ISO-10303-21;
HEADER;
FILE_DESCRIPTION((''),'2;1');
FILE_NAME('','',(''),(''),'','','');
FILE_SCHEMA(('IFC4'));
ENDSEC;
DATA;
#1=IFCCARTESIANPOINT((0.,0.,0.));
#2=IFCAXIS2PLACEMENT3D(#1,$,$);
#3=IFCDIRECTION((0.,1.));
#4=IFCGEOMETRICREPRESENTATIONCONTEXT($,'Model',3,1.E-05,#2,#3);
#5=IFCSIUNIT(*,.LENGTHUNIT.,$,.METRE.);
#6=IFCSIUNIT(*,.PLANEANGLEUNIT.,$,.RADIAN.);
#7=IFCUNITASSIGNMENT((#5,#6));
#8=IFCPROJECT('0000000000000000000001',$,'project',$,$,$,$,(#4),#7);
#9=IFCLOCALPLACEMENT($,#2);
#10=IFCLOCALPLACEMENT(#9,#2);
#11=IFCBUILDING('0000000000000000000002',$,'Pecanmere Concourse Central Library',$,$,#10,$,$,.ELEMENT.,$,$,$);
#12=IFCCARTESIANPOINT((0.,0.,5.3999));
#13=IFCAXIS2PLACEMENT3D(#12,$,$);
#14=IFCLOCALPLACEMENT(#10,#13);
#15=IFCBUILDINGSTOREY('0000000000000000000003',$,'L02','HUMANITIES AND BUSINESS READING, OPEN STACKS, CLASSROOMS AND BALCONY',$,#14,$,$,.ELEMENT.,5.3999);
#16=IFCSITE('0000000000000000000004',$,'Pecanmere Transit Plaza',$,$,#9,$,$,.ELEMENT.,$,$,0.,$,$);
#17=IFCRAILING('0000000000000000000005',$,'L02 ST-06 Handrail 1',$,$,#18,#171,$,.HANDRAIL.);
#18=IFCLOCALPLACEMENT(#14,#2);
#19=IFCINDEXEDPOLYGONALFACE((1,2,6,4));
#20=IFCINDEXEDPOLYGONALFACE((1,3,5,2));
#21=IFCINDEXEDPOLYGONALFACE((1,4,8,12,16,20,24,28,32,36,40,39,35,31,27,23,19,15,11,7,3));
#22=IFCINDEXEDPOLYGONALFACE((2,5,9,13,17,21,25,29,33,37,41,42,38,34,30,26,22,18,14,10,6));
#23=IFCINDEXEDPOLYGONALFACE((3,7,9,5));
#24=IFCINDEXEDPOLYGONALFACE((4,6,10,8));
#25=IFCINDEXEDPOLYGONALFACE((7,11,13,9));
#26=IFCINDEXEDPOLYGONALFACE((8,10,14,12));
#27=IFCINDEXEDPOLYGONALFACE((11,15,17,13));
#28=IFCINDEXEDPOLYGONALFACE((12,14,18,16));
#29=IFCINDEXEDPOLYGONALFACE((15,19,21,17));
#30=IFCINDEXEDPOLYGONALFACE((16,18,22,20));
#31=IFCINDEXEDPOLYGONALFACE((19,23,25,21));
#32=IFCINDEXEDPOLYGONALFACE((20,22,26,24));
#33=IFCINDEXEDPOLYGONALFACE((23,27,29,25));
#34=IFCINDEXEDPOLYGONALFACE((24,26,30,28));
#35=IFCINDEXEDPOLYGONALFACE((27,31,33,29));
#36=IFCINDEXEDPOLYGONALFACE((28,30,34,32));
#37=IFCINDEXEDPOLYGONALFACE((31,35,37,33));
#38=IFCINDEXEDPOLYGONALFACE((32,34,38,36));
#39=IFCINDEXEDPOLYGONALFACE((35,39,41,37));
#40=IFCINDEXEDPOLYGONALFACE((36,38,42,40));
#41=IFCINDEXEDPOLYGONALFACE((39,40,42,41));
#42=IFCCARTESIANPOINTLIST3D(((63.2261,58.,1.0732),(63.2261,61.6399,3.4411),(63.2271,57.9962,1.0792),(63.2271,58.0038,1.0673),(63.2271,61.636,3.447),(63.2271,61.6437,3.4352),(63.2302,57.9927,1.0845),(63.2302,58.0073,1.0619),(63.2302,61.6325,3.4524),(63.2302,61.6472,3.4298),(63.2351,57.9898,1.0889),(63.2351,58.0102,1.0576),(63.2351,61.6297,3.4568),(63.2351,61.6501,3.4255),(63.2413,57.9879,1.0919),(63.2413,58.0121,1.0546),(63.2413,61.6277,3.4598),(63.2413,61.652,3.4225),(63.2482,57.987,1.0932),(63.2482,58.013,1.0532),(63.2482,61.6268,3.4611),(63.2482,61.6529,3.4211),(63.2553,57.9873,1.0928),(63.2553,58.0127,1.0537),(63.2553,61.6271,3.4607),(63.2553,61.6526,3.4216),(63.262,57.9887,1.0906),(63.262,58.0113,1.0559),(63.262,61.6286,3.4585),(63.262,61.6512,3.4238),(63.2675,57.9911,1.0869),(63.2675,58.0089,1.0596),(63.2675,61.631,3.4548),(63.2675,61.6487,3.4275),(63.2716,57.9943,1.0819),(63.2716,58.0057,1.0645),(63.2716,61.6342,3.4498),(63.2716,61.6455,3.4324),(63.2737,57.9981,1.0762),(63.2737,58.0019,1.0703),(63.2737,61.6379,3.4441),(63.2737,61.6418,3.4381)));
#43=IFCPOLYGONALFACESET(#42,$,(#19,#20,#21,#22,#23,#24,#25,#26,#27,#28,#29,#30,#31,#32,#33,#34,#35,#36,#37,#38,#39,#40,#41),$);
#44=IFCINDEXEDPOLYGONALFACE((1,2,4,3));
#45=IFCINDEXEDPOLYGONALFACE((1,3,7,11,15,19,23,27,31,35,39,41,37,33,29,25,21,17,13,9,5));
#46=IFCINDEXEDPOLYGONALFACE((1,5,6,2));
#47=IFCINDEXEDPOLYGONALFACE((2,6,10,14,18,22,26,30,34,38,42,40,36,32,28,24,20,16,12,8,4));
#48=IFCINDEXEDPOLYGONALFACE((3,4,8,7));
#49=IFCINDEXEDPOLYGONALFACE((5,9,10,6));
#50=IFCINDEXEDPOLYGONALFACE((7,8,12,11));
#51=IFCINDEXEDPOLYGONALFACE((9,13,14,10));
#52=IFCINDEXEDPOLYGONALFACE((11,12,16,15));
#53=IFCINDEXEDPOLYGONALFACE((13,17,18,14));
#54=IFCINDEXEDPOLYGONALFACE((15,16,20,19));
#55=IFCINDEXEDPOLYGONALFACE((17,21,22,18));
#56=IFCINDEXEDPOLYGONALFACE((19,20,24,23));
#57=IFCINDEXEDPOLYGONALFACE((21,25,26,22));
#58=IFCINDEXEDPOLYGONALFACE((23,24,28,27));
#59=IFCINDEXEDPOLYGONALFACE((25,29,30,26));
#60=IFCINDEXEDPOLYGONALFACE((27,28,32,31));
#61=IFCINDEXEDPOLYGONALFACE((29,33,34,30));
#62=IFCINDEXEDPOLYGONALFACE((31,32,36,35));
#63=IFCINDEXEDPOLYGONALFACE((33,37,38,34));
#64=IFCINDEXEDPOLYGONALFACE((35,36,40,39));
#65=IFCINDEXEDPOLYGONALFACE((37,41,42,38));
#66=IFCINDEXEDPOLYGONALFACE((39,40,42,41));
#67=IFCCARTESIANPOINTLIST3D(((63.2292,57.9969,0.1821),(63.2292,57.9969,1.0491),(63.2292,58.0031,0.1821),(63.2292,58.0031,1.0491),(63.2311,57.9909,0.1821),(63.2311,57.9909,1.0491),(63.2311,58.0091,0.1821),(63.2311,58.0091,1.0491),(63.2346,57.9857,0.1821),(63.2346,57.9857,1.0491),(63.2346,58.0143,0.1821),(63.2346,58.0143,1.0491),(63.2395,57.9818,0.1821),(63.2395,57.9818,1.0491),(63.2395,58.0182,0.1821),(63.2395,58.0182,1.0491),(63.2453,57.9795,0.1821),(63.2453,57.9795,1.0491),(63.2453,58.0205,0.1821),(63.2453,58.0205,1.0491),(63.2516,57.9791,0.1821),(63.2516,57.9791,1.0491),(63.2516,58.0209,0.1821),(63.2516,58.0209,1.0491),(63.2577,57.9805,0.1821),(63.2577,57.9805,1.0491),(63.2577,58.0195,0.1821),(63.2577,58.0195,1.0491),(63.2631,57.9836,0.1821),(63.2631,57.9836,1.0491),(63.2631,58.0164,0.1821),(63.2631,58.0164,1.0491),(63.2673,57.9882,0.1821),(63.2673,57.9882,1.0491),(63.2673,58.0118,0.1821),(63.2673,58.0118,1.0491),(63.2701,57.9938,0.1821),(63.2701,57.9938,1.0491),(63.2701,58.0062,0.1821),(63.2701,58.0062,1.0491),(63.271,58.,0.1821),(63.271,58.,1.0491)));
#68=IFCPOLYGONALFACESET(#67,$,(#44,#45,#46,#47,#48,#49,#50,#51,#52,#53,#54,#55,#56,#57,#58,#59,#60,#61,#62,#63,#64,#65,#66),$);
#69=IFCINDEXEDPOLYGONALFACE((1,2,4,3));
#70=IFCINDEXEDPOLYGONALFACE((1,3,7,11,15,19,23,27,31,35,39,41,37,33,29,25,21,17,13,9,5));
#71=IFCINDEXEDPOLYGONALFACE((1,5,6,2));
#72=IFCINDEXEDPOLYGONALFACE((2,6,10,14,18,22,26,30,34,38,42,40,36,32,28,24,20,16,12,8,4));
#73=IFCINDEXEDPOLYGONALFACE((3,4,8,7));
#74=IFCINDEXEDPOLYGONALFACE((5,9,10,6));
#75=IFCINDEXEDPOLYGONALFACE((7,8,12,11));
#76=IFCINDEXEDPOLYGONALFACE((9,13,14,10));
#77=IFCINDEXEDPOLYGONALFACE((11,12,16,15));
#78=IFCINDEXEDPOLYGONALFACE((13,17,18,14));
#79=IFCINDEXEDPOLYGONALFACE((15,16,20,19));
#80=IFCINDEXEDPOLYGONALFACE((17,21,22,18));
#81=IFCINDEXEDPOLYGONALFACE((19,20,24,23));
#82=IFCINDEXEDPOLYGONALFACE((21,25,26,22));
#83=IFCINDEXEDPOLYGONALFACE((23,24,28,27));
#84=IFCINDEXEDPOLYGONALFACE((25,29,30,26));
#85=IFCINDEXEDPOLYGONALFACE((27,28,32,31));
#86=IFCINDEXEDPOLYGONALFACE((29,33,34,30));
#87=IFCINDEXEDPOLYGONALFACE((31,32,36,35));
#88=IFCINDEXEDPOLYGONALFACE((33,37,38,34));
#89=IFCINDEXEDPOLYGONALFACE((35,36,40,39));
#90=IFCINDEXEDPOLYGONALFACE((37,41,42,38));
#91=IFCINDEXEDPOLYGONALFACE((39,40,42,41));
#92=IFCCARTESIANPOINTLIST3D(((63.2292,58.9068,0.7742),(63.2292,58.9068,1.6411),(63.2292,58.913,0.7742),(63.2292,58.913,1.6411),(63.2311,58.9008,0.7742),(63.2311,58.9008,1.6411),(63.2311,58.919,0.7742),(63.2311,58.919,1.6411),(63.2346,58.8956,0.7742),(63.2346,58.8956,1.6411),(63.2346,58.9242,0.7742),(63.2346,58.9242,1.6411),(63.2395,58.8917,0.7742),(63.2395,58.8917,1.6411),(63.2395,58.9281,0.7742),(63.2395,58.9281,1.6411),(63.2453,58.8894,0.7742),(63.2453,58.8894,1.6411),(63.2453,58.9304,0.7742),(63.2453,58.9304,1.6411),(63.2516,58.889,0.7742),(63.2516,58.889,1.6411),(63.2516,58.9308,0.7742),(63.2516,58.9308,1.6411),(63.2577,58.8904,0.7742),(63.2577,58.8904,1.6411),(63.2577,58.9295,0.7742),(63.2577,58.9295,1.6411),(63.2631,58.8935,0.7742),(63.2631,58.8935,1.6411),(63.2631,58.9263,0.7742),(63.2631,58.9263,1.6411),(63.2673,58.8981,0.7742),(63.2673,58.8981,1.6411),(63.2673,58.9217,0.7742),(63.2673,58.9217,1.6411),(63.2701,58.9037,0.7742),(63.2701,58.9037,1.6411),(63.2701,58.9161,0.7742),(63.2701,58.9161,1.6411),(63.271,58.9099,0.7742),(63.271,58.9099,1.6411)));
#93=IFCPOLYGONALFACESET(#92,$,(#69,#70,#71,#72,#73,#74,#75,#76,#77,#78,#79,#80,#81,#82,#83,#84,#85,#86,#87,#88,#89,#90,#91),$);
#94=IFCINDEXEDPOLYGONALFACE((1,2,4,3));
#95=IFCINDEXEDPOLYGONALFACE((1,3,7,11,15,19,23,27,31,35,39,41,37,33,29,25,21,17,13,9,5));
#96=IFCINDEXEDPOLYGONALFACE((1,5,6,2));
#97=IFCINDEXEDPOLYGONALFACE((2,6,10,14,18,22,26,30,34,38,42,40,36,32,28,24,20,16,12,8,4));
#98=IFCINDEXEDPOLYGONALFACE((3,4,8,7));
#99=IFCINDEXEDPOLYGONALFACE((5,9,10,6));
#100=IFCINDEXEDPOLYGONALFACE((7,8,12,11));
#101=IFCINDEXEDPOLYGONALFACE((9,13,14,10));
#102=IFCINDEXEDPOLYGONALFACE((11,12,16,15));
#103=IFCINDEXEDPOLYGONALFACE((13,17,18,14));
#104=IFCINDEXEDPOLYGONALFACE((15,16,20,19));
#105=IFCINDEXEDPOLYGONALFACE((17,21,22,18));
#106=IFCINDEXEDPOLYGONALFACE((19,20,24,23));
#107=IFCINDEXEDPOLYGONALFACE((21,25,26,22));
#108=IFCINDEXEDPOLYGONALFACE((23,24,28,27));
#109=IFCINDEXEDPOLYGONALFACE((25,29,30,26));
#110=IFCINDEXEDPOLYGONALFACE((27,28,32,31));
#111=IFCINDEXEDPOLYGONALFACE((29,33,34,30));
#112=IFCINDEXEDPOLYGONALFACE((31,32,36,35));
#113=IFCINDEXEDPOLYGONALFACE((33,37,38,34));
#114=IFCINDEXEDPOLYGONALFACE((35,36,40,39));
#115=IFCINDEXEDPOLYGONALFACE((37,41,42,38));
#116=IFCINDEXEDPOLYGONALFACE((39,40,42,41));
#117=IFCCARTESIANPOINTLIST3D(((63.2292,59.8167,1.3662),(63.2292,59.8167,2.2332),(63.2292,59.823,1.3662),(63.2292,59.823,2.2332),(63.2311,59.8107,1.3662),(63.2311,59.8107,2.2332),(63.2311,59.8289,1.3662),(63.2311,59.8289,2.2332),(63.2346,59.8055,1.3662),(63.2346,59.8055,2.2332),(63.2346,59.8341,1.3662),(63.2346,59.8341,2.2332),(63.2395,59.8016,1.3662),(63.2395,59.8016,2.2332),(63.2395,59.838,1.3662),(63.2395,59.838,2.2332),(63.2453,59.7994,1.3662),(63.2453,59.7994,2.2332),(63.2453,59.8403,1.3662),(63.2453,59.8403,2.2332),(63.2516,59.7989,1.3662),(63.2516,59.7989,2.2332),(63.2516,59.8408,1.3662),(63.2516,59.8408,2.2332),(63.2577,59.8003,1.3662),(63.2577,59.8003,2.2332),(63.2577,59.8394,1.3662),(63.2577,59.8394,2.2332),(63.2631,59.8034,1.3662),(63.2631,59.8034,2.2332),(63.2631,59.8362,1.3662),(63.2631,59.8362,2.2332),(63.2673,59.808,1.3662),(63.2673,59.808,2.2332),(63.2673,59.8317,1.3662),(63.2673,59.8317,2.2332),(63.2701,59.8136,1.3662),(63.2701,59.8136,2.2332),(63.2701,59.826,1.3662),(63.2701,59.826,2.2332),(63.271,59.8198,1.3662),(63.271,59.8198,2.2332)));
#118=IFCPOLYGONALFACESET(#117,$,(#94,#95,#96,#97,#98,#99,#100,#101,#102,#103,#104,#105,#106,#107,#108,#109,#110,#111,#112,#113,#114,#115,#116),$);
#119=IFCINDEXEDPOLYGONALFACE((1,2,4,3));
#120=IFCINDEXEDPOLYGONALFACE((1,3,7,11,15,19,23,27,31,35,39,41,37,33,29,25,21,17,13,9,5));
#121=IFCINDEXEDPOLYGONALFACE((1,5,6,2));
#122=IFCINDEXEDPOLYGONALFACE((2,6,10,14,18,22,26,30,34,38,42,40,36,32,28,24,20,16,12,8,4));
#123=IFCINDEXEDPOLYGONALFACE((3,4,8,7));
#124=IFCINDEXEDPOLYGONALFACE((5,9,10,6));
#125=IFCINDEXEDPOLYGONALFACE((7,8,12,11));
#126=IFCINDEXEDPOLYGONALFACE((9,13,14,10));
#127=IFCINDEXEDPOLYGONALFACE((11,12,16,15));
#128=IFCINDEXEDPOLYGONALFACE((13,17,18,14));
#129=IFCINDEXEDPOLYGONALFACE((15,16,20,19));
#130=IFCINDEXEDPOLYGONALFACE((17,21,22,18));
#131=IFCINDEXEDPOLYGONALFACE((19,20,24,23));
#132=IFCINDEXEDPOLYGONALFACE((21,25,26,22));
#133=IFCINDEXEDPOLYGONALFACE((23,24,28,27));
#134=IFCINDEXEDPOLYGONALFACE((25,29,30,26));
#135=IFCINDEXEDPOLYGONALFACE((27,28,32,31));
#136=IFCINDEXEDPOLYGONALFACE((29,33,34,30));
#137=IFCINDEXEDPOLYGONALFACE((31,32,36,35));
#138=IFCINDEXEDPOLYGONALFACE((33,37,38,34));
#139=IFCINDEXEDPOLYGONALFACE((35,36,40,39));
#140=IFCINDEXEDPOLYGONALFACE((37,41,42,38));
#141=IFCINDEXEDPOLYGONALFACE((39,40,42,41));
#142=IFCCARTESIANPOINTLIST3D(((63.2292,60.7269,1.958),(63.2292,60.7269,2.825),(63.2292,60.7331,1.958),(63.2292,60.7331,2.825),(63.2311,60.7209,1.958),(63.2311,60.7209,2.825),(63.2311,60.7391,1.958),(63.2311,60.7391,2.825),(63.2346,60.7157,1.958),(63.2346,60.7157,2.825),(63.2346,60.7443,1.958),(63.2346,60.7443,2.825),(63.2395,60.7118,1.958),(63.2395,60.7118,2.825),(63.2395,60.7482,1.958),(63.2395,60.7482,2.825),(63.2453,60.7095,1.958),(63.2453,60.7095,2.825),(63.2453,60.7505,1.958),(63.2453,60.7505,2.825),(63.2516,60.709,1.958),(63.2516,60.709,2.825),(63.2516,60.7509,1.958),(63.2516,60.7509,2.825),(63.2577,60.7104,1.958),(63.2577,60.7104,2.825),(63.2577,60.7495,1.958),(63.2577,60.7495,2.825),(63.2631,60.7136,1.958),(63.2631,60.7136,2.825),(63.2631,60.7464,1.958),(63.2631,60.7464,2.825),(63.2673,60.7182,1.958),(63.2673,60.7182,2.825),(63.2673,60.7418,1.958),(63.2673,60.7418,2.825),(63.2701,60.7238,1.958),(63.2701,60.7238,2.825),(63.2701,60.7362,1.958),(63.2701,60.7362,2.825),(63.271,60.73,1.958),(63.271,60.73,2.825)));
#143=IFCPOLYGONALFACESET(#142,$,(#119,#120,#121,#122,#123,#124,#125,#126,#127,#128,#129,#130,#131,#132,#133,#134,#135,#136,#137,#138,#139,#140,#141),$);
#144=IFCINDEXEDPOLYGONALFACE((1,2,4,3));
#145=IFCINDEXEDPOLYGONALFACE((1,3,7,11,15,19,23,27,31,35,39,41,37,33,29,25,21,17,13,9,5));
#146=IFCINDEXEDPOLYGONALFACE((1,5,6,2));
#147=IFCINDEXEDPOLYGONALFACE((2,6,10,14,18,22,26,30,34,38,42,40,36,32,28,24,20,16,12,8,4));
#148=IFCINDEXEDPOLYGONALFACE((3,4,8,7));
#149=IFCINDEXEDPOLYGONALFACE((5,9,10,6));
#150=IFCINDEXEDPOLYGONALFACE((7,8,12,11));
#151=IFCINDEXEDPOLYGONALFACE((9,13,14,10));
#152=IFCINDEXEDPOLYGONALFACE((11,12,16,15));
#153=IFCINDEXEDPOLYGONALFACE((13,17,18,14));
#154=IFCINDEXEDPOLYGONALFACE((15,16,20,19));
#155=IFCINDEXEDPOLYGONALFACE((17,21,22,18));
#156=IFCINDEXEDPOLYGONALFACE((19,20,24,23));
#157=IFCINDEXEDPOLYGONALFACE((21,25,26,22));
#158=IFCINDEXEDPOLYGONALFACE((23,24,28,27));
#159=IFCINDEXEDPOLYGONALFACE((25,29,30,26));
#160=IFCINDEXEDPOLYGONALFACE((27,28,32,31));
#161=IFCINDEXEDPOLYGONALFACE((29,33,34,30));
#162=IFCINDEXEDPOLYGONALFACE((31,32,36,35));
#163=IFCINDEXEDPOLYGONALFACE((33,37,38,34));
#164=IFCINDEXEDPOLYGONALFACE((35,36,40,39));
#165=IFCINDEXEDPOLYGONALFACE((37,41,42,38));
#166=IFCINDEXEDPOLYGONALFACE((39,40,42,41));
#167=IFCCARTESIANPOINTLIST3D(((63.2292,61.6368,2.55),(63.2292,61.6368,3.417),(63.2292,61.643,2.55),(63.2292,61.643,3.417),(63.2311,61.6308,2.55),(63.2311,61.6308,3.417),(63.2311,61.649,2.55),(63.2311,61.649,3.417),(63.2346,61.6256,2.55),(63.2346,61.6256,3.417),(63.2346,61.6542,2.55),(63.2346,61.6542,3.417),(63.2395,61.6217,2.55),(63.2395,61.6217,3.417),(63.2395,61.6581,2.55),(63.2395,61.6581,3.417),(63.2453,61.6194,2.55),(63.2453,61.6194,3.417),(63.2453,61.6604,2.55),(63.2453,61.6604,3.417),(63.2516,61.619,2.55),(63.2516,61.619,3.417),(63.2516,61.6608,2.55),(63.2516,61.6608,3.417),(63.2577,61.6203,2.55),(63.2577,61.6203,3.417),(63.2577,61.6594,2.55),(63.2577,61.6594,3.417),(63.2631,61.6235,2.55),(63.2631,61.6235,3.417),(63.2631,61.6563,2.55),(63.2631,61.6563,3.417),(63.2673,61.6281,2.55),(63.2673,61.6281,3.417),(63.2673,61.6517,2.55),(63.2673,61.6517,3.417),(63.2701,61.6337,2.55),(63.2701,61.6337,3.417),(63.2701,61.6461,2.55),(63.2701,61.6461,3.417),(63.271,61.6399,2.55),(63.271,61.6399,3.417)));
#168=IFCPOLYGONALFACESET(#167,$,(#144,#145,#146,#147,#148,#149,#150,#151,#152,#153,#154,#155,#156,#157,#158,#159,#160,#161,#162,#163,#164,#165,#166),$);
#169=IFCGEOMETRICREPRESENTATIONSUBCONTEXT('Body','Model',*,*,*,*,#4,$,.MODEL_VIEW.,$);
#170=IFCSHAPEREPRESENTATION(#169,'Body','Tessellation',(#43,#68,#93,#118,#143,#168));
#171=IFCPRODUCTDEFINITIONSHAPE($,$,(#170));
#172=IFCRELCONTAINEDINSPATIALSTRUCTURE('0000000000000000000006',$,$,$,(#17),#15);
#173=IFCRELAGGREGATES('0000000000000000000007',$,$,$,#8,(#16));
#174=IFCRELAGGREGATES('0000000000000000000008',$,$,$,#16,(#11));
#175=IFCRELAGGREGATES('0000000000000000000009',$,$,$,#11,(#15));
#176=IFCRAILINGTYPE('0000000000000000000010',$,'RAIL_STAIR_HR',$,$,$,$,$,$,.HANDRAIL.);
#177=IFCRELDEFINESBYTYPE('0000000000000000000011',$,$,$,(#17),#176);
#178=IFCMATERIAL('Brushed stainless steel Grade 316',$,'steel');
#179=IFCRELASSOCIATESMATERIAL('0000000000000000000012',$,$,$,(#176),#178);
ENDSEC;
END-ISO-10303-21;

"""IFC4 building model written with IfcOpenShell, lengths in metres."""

from ifc_helpers import new_model, si_unit, direction, frame, origin, origin_2d, place, context, subcontext, project, spatial, circle, extrude, material, type_object, element, save


model = new_model("IFC4")

# Units and contexts
model_context = context("Model", 3, precision=1e-05, world=origin(), true_north=direction((0.0, 1.0)))
body_context = subcontext(model_context, "Body", "Model", "MODEL_VIEW")
ifc_project = project(units=[si_unit("LENGTHUNIT", "METRE"), si_unit("PLANEANGLEUNIT", "RADIAN")], contexts=[model_context])

# Site, building, storey
site_placement = place(None, origin())
site = spatial("IfcSite", under=ifc_project, at=site_placement, Name="Pecanmere Transit Plaza", CompositionType="ELEMENT", RefElevation=0.0)
building_placement = place(site_placement, origin())
building = spatial("IfcBuilding", under=site, at=building_placement, Name="Pecanmere Concourse Central Library", CompositionType="ELEMENT")
storey_placement = place(building_placement, frame((0.0, 0.0, 5.3999)))
storey = spatial("IfcBuildingStorey", under=building, at=storey_placement, Name="L02", Description="HUMANITIES AND BUSINESS READING, OPEN STACKS, CLASSROOMS AND BALCONY", CompositionType="ELEMENT", Elevation=5.3999)

# Railing
ifc_material_1 = material(Name="Brushed stainless steel Grade 316", Category="steel")
railing_type_1 = type_object("IfcRailingType", Name="RAIL_STAIR_HR", PredefinedType="HANDRAIL", material=ifc_material_1)
railing_1_placement = place(storey_placement, frame((63.25, 58.0, 0.1821)))
element("IfcRailing", 1, at=railing_1_placement, inside=storey, type_object=railing_type_1, Name="L02 ST-06 Handrail 1", PredefinedType="HANDRAIL", context=body_context, shape_type="SweptSolid", body=[
    extrude(circle(Radius=0.0239, at=origin_2d()), frame((0.0, 0.0, 0.8911), z_axis=(0.0, 0.838234, 0.54531), x_axis=(-1.0, 0.0, 0.0)), (0.0, 0.0, 1.0), 4.3423),
    extrude(circle(Radius=0.021, at=origin_2d()), origin(), (0.0, 0.0, 1.0), 0.8669),
    extrude(circle(Radius=0.021, at=origin_2d()), frame((0.0, 0.9099, 0.592)), (0.0, 0.0, 1.0), 0.8669),
    extrude(circle(Radius=0.021, at=origin_2d()), frame((0.0, 1.8198, 1.1841)), (0.0, 0.0, 1.0), 0.8669),
    extrude(circle(Radius=0.021, at=origin_2d()), frame((0.0, 2.73, 1.7759)), (0.0, 0.0, 1.0), 0.8669),
    extrude(circle(Radius=0.021, at=origin_2d()), frame((0.0, 3.6399, 2.3679)), (0.0, 0.0, 1.0), 0.8669),
])

save(model, "model.ifc")
